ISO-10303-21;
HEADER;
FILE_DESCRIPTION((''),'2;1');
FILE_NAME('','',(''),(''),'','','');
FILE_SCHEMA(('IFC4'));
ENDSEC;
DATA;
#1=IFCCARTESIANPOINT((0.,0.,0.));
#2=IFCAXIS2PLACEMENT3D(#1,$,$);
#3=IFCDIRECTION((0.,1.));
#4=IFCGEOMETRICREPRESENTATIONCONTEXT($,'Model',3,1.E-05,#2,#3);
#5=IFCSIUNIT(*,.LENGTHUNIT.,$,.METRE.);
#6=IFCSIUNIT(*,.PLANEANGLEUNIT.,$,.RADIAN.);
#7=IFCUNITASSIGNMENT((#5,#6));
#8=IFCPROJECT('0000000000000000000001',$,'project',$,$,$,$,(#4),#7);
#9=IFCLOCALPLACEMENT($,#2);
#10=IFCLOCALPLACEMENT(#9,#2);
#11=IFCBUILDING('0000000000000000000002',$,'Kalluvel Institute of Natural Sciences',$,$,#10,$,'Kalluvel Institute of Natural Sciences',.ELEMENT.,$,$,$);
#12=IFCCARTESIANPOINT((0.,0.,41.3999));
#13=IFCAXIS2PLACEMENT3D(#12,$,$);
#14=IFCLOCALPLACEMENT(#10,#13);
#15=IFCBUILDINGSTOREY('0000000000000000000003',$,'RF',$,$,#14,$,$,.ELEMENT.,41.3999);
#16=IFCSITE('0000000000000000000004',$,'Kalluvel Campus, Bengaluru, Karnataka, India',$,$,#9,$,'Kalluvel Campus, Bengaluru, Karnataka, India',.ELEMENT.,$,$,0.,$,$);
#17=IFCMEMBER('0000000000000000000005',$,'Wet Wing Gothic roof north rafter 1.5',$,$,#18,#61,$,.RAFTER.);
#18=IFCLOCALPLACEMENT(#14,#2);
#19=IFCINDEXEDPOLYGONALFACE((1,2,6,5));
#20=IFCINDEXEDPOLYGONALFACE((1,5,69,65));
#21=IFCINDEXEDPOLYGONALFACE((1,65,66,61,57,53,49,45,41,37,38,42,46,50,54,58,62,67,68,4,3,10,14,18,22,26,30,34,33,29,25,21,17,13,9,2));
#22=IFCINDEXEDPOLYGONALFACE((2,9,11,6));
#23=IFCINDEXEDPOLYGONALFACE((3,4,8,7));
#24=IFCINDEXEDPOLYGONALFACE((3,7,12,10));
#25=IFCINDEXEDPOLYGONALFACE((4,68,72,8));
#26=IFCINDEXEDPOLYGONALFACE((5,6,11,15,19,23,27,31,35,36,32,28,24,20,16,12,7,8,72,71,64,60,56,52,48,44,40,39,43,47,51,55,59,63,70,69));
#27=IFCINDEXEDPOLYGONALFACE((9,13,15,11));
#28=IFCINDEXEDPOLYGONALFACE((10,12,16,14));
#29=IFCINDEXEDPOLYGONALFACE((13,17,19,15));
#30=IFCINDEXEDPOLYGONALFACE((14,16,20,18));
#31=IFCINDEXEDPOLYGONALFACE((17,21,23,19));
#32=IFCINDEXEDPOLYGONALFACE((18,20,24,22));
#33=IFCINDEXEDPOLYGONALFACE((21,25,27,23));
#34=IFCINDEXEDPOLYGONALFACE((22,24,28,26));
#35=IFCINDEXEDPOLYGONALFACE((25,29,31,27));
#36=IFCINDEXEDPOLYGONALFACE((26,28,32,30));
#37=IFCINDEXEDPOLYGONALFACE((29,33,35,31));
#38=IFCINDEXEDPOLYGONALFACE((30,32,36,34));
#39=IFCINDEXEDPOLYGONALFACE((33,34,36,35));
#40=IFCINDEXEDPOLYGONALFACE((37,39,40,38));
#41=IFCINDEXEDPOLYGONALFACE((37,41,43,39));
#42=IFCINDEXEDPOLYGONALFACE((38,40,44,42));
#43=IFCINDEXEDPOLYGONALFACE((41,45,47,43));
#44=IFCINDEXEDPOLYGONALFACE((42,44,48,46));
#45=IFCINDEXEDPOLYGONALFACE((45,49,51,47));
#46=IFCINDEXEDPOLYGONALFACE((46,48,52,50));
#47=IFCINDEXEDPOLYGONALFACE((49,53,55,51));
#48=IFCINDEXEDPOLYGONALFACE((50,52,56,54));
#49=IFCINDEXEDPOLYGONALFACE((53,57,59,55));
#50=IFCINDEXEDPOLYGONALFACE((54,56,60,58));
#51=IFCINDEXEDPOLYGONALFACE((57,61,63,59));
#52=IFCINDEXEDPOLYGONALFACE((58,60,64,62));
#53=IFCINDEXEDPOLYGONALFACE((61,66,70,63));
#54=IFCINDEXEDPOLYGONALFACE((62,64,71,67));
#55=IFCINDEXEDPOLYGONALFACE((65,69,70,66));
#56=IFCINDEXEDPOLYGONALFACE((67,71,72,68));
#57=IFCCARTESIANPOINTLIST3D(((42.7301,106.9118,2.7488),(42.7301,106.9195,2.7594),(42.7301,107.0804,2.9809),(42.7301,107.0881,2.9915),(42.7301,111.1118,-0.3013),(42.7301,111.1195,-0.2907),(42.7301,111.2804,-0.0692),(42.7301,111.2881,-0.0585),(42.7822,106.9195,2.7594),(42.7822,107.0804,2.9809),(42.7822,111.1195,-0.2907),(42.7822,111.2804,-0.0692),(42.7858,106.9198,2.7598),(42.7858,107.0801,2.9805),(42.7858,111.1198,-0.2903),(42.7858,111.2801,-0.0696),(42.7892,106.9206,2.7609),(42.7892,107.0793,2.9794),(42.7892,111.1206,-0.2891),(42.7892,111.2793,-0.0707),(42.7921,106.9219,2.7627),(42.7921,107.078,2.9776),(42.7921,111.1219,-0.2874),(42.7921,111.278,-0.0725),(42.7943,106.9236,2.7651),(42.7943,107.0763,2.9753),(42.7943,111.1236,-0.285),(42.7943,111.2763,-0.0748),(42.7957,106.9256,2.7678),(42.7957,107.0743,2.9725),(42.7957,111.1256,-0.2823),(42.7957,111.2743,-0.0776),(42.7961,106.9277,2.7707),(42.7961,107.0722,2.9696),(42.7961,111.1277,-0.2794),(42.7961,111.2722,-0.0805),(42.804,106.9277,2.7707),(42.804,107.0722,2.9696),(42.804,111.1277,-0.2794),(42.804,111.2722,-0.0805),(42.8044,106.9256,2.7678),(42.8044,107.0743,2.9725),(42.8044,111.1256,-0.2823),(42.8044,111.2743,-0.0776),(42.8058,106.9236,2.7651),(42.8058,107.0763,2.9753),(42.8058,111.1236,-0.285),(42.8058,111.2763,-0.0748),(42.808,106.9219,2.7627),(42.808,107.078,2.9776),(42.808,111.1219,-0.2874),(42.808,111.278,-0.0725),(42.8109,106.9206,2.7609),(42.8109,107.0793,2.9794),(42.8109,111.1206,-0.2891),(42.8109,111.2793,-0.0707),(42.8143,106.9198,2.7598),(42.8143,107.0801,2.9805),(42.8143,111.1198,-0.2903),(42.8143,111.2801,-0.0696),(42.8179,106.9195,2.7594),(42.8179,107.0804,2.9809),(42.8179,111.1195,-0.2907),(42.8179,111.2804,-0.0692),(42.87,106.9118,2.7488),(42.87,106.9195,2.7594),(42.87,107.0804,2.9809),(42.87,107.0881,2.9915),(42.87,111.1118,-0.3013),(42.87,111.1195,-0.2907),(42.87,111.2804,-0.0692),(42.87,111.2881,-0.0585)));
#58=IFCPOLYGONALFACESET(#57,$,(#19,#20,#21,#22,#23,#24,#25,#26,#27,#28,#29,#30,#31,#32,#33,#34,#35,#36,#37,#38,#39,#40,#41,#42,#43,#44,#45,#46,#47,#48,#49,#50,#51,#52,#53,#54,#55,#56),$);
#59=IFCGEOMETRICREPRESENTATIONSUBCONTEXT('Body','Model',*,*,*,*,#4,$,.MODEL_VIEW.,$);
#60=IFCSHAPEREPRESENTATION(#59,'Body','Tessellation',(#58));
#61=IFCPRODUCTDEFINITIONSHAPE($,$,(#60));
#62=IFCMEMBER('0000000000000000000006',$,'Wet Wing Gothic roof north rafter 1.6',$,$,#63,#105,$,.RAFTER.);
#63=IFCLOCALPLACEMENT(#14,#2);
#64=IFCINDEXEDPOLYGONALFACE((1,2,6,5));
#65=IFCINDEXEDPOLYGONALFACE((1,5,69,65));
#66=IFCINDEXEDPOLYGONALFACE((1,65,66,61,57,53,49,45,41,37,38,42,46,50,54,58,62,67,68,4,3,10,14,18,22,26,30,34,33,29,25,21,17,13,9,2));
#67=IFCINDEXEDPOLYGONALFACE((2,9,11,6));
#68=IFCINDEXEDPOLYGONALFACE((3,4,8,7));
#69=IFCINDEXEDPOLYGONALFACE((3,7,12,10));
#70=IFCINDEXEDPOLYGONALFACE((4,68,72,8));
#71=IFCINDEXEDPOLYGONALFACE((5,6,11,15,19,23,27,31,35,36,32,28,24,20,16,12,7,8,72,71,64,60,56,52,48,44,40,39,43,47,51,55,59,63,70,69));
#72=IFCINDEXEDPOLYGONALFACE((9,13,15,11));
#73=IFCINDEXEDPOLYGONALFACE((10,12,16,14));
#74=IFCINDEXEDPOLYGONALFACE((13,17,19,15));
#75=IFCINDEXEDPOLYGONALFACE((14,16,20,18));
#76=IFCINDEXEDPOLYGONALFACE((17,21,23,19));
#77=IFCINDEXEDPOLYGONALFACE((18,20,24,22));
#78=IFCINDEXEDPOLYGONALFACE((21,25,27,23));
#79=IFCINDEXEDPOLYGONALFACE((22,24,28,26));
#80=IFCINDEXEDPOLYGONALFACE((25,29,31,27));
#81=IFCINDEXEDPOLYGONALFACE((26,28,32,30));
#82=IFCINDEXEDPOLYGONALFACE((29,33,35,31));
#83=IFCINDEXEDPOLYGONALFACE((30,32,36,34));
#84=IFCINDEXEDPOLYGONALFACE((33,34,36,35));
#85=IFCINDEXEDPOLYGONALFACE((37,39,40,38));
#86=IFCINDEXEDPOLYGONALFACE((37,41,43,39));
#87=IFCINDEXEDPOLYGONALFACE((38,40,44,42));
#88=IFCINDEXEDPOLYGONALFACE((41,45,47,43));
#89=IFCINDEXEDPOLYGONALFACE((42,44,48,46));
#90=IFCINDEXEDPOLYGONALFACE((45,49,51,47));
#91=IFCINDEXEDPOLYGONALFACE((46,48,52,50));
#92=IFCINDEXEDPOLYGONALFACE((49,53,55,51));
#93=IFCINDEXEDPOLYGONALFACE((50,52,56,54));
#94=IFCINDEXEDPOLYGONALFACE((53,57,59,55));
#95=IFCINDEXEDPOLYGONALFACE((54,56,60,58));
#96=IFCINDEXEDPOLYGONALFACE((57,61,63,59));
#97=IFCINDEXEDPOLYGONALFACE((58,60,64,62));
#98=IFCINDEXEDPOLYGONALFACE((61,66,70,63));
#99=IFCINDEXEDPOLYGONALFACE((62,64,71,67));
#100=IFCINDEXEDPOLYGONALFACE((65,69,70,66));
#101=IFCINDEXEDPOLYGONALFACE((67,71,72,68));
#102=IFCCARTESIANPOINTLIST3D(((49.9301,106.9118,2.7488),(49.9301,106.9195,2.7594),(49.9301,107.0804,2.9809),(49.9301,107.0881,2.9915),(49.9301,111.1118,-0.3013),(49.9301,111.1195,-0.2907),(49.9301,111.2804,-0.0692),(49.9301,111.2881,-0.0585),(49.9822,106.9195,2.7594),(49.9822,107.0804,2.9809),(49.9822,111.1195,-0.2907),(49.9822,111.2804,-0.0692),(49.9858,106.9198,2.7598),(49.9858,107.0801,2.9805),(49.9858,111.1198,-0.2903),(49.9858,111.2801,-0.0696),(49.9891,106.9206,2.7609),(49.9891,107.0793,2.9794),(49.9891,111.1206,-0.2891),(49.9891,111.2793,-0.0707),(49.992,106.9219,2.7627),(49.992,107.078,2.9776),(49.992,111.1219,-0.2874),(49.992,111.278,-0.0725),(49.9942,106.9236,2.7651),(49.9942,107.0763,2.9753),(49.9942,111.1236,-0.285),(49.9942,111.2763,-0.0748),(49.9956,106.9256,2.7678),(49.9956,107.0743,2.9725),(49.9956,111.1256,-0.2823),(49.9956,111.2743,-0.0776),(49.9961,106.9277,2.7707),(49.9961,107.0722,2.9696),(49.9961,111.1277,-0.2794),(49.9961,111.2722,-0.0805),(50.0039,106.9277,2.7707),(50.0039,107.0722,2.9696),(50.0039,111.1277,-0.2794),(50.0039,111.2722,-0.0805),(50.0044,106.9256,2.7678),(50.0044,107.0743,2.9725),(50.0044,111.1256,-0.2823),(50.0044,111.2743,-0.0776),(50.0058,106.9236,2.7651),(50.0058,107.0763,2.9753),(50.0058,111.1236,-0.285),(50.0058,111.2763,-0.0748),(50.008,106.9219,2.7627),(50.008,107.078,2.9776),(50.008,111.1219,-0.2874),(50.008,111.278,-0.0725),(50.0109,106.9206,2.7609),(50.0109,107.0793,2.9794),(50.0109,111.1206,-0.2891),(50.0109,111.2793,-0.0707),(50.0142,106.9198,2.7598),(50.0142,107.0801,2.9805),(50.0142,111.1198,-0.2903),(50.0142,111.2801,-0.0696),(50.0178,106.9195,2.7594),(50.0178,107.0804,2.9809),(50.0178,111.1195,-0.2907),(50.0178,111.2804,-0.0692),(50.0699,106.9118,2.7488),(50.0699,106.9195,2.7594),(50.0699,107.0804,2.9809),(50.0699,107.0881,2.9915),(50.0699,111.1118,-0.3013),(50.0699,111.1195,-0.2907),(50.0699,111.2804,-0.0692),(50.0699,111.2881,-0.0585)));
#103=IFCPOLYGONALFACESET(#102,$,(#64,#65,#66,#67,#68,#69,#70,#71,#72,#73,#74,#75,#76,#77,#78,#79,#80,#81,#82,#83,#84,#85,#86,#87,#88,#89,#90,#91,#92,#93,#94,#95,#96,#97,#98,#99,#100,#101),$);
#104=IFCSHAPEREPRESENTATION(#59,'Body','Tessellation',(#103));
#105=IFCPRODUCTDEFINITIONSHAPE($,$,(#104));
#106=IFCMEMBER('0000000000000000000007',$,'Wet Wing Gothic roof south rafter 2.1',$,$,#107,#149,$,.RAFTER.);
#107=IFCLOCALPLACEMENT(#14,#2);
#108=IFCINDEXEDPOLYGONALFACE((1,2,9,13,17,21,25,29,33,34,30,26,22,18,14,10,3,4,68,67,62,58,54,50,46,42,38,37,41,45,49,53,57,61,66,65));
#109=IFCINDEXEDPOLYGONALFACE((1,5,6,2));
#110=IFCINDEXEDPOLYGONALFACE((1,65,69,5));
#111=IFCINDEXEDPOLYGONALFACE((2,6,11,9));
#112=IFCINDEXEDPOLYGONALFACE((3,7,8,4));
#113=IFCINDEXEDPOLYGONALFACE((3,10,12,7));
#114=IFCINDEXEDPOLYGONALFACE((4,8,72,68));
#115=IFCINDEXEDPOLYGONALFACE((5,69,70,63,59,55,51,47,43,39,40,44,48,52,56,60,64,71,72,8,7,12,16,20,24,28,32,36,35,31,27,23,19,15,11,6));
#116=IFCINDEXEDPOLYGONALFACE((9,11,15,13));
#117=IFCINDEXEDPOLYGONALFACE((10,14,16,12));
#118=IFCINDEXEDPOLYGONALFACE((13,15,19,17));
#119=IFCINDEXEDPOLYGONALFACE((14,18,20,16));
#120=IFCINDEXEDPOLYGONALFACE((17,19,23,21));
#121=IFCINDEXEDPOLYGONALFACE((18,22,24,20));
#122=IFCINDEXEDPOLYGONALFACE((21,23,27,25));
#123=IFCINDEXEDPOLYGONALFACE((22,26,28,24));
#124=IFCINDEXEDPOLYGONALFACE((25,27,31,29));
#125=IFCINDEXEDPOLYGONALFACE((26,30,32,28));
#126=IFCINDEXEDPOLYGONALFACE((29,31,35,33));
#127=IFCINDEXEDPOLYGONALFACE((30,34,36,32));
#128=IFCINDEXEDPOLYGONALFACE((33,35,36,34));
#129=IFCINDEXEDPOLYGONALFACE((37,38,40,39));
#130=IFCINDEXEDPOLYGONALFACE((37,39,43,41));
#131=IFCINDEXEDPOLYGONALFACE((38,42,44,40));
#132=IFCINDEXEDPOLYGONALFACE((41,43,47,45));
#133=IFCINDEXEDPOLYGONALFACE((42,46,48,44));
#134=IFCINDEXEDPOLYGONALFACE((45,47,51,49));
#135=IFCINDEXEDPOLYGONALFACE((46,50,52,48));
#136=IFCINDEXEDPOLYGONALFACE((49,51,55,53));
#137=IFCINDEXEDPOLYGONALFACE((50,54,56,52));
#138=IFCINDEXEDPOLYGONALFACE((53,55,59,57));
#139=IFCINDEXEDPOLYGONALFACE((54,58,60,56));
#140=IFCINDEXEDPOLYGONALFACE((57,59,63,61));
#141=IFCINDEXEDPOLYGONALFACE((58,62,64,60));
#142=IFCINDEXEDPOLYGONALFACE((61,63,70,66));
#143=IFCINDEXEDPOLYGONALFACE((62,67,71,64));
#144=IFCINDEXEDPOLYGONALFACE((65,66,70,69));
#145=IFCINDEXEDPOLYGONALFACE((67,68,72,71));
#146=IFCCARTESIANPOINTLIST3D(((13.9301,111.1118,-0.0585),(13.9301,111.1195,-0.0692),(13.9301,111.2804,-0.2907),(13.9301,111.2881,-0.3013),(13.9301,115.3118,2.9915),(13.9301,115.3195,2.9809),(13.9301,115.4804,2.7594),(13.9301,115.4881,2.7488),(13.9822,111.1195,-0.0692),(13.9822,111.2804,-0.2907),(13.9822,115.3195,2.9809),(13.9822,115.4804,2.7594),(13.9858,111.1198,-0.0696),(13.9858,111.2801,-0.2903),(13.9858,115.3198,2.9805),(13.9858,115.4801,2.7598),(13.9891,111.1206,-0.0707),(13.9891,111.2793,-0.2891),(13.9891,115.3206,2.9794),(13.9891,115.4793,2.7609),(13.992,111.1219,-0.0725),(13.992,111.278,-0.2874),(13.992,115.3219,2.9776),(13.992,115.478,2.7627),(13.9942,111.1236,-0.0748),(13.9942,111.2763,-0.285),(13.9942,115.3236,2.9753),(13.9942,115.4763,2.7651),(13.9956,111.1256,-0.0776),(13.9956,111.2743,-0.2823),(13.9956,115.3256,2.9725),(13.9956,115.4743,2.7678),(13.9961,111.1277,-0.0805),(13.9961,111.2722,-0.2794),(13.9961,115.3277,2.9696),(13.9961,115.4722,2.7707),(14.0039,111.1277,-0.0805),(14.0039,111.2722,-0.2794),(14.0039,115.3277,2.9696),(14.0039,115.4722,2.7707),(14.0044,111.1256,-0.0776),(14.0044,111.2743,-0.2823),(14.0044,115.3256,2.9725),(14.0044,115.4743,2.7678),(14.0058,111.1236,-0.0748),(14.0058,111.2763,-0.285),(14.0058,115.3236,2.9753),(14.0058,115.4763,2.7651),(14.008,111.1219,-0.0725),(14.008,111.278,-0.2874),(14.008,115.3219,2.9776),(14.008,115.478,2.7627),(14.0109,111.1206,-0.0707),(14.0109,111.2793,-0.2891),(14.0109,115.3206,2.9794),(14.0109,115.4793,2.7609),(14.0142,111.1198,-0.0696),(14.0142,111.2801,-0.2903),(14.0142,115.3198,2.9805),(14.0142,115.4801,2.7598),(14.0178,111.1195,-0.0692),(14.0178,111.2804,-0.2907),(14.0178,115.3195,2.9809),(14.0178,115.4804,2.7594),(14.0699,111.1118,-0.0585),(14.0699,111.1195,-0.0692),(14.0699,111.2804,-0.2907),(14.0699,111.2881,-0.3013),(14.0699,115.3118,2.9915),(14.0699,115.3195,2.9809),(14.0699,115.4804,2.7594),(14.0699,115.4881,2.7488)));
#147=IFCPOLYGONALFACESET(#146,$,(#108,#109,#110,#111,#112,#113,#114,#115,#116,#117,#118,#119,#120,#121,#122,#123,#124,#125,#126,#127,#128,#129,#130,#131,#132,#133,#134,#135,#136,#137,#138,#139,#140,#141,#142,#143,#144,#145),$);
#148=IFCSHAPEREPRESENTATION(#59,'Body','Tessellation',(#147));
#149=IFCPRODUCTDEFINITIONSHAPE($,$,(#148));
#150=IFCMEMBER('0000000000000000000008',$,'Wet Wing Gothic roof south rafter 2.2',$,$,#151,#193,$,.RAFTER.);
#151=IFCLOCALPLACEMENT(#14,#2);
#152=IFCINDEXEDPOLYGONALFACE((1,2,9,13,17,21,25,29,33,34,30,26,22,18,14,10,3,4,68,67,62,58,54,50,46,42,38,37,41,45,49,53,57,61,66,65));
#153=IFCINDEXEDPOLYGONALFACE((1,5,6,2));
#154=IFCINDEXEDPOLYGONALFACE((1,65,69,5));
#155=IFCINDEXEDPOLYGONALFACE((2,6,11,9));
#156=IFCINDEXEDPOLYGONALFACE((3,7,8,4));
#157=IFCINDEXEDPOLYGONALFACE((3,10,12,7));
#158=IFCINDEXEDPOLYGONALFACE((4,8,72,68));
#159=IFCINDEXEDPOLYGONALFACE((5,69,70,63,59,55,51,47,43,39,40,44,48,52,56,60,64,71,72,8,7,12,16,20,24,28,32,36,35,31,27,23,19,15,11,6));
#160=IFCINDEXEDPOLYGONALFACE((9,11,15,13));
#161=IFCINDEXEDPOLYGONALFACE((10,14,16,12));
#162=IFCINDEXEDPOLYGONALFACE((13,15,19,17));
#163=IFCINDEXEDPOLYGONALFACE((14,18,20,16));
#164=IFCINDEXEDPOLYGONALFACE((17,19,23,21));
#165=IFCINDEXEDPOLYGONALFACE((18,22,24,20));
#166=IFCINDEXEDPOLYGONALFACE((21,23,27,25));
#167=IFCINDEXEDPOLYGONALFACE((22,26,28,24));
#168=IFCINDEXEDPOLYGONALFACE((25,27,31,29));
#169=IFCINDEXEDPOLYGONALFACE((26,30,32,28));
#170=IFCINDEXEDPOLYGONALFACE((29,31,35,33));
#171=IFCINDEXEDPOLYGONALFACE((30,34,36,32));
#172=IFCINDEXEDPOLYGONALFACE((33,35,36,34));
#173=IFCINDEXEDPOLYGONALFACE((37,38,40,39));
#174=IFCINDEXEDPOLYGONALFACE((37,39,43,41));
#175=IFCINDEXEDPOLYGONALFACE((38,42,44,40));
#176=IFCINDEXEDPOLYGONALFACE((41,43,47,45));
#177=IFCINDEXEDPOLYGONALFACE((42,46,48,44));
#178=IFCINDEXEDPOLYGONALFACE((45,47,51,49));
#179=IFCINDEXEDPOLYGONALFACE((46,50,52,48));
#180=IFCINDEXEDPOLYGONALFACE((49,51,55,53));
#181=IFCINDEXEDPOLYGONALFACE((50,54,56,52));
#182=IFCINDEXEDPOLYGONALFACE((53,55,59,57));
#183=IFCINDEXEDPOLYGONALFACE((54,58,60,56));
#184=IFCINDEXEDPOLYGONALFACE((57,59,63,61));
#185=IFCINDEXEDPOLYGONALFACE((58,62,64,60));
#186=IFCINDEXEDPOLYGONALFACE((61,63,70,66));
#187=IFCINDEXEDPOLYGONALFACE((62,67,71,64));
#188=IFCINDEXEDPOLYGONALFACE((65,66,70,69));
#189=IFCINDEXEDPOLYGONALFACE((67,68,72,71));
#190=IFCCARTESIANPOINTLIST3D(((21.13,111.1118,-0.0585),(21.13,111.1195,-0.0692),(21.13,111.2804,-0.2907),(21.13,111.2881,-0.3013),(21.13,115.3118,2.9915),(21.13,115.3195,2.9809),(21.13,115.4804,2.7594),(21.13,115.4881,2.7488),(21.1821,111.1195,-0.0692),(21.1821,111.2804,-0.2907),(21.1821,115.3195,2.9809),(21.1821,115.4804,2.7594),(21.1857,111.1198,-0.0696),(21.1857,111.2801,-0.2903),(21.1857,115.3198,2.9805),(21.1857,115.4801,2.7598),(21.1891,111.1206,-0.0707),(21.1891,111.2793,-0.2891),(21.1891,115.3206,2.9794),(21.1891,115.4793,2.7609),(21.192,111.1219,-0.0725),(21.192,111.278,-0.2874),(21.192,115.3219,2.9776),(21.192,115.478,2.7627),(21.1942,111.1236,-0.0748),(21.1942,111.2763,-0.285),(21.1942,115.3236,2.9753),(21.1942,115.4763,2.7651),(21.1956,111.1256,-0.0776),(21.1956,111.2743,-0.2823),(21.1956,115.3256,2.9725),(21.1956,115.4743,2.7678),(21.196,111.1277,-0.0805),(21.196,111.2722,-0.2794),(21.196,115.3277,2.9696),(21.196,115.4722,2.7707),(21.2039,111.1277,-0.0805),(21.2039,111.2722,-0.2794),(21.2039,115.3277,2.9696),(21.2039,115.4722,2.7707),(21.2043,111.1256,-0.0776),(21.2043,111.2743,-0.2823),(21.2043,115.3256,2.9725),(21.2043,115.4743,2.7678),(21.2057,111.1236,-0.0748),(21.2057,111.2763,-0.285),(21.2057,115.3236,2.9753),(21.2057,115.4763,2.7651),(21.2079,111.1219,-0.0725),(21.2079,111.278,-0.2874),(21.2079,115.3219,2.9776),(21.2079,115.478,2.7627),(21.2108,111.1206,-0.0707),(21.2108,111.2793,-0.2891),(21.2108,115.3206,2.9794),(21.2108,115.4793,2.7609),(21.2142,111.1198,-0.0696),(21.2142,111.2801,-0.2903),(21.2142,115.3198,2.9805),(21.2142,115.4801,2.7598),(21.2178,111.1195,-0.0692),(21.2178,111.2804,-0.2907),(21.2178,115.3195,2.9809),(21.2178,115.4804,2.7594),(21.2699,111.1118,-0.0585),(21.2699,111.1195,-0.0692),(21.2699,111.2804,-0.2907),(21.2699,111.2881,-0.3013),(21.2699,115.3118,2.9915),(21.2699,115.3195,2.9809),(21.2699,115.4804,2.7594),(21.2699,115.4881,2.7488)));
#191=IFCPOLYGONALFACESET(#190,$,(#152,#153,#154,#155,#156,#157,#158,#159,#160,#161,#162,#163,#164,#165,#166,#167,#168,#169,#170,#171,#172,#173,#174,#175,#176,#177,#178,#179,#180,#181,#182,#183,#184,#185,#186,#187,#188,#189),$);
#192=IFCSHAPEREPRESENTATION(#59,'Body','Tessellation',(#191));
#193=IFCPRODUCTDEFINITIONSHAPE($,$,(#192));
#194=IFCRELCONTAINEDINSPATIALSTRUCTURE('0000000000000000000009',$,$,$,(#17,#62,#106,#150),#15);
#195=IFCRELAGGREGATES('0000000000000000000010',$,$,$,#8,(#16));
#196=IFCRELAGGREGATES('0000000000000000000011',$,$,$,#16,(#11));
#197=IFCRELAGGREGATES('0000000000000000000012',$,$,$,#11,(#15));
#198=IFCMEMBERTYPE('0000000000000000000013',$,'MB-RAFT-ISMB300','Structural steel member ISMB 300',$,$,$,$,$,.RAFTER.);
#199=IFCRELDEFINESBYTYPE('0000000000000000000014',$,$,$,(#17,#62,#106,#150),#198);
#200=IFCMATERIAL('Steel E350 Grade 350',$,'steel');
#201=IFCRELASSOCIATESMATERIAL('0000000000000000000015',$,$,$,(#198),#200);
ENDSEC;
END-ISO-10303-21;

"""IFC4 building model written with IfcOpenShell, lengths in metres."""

from ifc_helpers import new_model, si_unit, direction, frame, origin, origin_2d, place, context, subcontext, project, spatial, i_section, extrude, material, material_profile, profile_set, type_object, element, save


model = new_model("IFC4")

# Units and contexts
model_context = context("Model", 3, precision=1e-05, world=origin(), true_north=direction((0.0, 1.0)))
body_context = subcontext(model_context, "Body", "Model", "MODEL_VIEW")
ifc_project = project(units=[si_unit("LENGTHUNIT", "METRE"), si_unit("PLANEANGLEUNIT", "RADIAN")], contexts=[model_context])

# Site, building, storey
site_placement = place(None, origin())
site = spatial("IfcSite", under=ifc_project, at=site_placement, Name="Kalluvel Campus, Bengaluru, Karnataka, India", LongName="Kalluvel Campus, Bengaluru, Karnataka, India", CompositionType="ELEMENT", RefElevation=0.0)
building_placement = place(site_placement, origin())
building = spatial("IfcBuilding", under=site, at=building_placement, Name="Kalluvel Institute of Natural Sciences", LongName="Kalluvel Institute of Natural Sciences", CompositionType="ELEMENT")
storey_placement = place(building_placement, frame((0.0, 0.0, 41.3999)))
storey = spatial("IfcBuildingStorey", under=building, at=storey_placement, Name="RF", CompositionType="ELEMENT", Elevation=41.3999)

# Shared definitions
ifc_material_1 = material(Name="Steel E350 Grade 350", Category="steel")

# Members
ifc_material_profile_1 = material_profile(ifc_material_1, i_section(OverallWidth=0.1399, OverallDepth=0.3, WebThickness=0.0078, FlangeThickness=0.0132, FilletRadius=0.0139, at=origin_2d()), Name="ISMB 300")
ifc_profile_set_1 = profile_set([ifc_material_profile_1], Name="Steel E350 Grade 350")
member_type_1 = type_object("IfcMemberType", Name="MB-RAFT-ISMB300", Description="Structural steel member ISMB 300", PredefinedType="RAFTER", material=ifc_profile_set_1)
for number, where, z_axis, x_axis, name in (
    (1, (42.8, 111.2, -0.1799), (0.0, -0.809145, 0.587609), (1.0, 0.0, 0.0), "Wet Wing Gothic roof north rafter 1.5"),
    (2, (50.0, 111.2, -0.1799), (0.0, -0.809145, 0.587609), (1.0, 0.0, 0.0), "Wet Wing Gothic roof north rafter 1.6"),
    (3, (14.0, 111.2, -0.1799), (0.0, 0.809145, 0.587609), (-1.0, 0.0, 0.0), "Wet Wing Gothic roof south rafter 2.1"),
    (4, (21.2, 111.2, -0.1799), (0.0, 0.809145, 0.587609), (-1.0, 0.0, 0.0), "Wet Wing Gothic roof south rafter 2.2"),
):
    element("IfcMember", number, at=place(storey_placement, frame(where, z_axis=z_axis, x_axis=x_axis)), inside=storey, type_object=member_type_1, Name=name, PredefinedType="RAFTER", context=body_context, shape_type="SweptSolid", body=[
        extrude(i_section(OverallWidth=0.1399, OverallDepth=0.3, WebThickness=0.0078, FlangeThickness=0.0132, FilletRadius=0.0139, at=origin_2d()), origin(), (0.0, 0.0, 1.0), 5.1907),
    ])

save(model, "model.ifc")
